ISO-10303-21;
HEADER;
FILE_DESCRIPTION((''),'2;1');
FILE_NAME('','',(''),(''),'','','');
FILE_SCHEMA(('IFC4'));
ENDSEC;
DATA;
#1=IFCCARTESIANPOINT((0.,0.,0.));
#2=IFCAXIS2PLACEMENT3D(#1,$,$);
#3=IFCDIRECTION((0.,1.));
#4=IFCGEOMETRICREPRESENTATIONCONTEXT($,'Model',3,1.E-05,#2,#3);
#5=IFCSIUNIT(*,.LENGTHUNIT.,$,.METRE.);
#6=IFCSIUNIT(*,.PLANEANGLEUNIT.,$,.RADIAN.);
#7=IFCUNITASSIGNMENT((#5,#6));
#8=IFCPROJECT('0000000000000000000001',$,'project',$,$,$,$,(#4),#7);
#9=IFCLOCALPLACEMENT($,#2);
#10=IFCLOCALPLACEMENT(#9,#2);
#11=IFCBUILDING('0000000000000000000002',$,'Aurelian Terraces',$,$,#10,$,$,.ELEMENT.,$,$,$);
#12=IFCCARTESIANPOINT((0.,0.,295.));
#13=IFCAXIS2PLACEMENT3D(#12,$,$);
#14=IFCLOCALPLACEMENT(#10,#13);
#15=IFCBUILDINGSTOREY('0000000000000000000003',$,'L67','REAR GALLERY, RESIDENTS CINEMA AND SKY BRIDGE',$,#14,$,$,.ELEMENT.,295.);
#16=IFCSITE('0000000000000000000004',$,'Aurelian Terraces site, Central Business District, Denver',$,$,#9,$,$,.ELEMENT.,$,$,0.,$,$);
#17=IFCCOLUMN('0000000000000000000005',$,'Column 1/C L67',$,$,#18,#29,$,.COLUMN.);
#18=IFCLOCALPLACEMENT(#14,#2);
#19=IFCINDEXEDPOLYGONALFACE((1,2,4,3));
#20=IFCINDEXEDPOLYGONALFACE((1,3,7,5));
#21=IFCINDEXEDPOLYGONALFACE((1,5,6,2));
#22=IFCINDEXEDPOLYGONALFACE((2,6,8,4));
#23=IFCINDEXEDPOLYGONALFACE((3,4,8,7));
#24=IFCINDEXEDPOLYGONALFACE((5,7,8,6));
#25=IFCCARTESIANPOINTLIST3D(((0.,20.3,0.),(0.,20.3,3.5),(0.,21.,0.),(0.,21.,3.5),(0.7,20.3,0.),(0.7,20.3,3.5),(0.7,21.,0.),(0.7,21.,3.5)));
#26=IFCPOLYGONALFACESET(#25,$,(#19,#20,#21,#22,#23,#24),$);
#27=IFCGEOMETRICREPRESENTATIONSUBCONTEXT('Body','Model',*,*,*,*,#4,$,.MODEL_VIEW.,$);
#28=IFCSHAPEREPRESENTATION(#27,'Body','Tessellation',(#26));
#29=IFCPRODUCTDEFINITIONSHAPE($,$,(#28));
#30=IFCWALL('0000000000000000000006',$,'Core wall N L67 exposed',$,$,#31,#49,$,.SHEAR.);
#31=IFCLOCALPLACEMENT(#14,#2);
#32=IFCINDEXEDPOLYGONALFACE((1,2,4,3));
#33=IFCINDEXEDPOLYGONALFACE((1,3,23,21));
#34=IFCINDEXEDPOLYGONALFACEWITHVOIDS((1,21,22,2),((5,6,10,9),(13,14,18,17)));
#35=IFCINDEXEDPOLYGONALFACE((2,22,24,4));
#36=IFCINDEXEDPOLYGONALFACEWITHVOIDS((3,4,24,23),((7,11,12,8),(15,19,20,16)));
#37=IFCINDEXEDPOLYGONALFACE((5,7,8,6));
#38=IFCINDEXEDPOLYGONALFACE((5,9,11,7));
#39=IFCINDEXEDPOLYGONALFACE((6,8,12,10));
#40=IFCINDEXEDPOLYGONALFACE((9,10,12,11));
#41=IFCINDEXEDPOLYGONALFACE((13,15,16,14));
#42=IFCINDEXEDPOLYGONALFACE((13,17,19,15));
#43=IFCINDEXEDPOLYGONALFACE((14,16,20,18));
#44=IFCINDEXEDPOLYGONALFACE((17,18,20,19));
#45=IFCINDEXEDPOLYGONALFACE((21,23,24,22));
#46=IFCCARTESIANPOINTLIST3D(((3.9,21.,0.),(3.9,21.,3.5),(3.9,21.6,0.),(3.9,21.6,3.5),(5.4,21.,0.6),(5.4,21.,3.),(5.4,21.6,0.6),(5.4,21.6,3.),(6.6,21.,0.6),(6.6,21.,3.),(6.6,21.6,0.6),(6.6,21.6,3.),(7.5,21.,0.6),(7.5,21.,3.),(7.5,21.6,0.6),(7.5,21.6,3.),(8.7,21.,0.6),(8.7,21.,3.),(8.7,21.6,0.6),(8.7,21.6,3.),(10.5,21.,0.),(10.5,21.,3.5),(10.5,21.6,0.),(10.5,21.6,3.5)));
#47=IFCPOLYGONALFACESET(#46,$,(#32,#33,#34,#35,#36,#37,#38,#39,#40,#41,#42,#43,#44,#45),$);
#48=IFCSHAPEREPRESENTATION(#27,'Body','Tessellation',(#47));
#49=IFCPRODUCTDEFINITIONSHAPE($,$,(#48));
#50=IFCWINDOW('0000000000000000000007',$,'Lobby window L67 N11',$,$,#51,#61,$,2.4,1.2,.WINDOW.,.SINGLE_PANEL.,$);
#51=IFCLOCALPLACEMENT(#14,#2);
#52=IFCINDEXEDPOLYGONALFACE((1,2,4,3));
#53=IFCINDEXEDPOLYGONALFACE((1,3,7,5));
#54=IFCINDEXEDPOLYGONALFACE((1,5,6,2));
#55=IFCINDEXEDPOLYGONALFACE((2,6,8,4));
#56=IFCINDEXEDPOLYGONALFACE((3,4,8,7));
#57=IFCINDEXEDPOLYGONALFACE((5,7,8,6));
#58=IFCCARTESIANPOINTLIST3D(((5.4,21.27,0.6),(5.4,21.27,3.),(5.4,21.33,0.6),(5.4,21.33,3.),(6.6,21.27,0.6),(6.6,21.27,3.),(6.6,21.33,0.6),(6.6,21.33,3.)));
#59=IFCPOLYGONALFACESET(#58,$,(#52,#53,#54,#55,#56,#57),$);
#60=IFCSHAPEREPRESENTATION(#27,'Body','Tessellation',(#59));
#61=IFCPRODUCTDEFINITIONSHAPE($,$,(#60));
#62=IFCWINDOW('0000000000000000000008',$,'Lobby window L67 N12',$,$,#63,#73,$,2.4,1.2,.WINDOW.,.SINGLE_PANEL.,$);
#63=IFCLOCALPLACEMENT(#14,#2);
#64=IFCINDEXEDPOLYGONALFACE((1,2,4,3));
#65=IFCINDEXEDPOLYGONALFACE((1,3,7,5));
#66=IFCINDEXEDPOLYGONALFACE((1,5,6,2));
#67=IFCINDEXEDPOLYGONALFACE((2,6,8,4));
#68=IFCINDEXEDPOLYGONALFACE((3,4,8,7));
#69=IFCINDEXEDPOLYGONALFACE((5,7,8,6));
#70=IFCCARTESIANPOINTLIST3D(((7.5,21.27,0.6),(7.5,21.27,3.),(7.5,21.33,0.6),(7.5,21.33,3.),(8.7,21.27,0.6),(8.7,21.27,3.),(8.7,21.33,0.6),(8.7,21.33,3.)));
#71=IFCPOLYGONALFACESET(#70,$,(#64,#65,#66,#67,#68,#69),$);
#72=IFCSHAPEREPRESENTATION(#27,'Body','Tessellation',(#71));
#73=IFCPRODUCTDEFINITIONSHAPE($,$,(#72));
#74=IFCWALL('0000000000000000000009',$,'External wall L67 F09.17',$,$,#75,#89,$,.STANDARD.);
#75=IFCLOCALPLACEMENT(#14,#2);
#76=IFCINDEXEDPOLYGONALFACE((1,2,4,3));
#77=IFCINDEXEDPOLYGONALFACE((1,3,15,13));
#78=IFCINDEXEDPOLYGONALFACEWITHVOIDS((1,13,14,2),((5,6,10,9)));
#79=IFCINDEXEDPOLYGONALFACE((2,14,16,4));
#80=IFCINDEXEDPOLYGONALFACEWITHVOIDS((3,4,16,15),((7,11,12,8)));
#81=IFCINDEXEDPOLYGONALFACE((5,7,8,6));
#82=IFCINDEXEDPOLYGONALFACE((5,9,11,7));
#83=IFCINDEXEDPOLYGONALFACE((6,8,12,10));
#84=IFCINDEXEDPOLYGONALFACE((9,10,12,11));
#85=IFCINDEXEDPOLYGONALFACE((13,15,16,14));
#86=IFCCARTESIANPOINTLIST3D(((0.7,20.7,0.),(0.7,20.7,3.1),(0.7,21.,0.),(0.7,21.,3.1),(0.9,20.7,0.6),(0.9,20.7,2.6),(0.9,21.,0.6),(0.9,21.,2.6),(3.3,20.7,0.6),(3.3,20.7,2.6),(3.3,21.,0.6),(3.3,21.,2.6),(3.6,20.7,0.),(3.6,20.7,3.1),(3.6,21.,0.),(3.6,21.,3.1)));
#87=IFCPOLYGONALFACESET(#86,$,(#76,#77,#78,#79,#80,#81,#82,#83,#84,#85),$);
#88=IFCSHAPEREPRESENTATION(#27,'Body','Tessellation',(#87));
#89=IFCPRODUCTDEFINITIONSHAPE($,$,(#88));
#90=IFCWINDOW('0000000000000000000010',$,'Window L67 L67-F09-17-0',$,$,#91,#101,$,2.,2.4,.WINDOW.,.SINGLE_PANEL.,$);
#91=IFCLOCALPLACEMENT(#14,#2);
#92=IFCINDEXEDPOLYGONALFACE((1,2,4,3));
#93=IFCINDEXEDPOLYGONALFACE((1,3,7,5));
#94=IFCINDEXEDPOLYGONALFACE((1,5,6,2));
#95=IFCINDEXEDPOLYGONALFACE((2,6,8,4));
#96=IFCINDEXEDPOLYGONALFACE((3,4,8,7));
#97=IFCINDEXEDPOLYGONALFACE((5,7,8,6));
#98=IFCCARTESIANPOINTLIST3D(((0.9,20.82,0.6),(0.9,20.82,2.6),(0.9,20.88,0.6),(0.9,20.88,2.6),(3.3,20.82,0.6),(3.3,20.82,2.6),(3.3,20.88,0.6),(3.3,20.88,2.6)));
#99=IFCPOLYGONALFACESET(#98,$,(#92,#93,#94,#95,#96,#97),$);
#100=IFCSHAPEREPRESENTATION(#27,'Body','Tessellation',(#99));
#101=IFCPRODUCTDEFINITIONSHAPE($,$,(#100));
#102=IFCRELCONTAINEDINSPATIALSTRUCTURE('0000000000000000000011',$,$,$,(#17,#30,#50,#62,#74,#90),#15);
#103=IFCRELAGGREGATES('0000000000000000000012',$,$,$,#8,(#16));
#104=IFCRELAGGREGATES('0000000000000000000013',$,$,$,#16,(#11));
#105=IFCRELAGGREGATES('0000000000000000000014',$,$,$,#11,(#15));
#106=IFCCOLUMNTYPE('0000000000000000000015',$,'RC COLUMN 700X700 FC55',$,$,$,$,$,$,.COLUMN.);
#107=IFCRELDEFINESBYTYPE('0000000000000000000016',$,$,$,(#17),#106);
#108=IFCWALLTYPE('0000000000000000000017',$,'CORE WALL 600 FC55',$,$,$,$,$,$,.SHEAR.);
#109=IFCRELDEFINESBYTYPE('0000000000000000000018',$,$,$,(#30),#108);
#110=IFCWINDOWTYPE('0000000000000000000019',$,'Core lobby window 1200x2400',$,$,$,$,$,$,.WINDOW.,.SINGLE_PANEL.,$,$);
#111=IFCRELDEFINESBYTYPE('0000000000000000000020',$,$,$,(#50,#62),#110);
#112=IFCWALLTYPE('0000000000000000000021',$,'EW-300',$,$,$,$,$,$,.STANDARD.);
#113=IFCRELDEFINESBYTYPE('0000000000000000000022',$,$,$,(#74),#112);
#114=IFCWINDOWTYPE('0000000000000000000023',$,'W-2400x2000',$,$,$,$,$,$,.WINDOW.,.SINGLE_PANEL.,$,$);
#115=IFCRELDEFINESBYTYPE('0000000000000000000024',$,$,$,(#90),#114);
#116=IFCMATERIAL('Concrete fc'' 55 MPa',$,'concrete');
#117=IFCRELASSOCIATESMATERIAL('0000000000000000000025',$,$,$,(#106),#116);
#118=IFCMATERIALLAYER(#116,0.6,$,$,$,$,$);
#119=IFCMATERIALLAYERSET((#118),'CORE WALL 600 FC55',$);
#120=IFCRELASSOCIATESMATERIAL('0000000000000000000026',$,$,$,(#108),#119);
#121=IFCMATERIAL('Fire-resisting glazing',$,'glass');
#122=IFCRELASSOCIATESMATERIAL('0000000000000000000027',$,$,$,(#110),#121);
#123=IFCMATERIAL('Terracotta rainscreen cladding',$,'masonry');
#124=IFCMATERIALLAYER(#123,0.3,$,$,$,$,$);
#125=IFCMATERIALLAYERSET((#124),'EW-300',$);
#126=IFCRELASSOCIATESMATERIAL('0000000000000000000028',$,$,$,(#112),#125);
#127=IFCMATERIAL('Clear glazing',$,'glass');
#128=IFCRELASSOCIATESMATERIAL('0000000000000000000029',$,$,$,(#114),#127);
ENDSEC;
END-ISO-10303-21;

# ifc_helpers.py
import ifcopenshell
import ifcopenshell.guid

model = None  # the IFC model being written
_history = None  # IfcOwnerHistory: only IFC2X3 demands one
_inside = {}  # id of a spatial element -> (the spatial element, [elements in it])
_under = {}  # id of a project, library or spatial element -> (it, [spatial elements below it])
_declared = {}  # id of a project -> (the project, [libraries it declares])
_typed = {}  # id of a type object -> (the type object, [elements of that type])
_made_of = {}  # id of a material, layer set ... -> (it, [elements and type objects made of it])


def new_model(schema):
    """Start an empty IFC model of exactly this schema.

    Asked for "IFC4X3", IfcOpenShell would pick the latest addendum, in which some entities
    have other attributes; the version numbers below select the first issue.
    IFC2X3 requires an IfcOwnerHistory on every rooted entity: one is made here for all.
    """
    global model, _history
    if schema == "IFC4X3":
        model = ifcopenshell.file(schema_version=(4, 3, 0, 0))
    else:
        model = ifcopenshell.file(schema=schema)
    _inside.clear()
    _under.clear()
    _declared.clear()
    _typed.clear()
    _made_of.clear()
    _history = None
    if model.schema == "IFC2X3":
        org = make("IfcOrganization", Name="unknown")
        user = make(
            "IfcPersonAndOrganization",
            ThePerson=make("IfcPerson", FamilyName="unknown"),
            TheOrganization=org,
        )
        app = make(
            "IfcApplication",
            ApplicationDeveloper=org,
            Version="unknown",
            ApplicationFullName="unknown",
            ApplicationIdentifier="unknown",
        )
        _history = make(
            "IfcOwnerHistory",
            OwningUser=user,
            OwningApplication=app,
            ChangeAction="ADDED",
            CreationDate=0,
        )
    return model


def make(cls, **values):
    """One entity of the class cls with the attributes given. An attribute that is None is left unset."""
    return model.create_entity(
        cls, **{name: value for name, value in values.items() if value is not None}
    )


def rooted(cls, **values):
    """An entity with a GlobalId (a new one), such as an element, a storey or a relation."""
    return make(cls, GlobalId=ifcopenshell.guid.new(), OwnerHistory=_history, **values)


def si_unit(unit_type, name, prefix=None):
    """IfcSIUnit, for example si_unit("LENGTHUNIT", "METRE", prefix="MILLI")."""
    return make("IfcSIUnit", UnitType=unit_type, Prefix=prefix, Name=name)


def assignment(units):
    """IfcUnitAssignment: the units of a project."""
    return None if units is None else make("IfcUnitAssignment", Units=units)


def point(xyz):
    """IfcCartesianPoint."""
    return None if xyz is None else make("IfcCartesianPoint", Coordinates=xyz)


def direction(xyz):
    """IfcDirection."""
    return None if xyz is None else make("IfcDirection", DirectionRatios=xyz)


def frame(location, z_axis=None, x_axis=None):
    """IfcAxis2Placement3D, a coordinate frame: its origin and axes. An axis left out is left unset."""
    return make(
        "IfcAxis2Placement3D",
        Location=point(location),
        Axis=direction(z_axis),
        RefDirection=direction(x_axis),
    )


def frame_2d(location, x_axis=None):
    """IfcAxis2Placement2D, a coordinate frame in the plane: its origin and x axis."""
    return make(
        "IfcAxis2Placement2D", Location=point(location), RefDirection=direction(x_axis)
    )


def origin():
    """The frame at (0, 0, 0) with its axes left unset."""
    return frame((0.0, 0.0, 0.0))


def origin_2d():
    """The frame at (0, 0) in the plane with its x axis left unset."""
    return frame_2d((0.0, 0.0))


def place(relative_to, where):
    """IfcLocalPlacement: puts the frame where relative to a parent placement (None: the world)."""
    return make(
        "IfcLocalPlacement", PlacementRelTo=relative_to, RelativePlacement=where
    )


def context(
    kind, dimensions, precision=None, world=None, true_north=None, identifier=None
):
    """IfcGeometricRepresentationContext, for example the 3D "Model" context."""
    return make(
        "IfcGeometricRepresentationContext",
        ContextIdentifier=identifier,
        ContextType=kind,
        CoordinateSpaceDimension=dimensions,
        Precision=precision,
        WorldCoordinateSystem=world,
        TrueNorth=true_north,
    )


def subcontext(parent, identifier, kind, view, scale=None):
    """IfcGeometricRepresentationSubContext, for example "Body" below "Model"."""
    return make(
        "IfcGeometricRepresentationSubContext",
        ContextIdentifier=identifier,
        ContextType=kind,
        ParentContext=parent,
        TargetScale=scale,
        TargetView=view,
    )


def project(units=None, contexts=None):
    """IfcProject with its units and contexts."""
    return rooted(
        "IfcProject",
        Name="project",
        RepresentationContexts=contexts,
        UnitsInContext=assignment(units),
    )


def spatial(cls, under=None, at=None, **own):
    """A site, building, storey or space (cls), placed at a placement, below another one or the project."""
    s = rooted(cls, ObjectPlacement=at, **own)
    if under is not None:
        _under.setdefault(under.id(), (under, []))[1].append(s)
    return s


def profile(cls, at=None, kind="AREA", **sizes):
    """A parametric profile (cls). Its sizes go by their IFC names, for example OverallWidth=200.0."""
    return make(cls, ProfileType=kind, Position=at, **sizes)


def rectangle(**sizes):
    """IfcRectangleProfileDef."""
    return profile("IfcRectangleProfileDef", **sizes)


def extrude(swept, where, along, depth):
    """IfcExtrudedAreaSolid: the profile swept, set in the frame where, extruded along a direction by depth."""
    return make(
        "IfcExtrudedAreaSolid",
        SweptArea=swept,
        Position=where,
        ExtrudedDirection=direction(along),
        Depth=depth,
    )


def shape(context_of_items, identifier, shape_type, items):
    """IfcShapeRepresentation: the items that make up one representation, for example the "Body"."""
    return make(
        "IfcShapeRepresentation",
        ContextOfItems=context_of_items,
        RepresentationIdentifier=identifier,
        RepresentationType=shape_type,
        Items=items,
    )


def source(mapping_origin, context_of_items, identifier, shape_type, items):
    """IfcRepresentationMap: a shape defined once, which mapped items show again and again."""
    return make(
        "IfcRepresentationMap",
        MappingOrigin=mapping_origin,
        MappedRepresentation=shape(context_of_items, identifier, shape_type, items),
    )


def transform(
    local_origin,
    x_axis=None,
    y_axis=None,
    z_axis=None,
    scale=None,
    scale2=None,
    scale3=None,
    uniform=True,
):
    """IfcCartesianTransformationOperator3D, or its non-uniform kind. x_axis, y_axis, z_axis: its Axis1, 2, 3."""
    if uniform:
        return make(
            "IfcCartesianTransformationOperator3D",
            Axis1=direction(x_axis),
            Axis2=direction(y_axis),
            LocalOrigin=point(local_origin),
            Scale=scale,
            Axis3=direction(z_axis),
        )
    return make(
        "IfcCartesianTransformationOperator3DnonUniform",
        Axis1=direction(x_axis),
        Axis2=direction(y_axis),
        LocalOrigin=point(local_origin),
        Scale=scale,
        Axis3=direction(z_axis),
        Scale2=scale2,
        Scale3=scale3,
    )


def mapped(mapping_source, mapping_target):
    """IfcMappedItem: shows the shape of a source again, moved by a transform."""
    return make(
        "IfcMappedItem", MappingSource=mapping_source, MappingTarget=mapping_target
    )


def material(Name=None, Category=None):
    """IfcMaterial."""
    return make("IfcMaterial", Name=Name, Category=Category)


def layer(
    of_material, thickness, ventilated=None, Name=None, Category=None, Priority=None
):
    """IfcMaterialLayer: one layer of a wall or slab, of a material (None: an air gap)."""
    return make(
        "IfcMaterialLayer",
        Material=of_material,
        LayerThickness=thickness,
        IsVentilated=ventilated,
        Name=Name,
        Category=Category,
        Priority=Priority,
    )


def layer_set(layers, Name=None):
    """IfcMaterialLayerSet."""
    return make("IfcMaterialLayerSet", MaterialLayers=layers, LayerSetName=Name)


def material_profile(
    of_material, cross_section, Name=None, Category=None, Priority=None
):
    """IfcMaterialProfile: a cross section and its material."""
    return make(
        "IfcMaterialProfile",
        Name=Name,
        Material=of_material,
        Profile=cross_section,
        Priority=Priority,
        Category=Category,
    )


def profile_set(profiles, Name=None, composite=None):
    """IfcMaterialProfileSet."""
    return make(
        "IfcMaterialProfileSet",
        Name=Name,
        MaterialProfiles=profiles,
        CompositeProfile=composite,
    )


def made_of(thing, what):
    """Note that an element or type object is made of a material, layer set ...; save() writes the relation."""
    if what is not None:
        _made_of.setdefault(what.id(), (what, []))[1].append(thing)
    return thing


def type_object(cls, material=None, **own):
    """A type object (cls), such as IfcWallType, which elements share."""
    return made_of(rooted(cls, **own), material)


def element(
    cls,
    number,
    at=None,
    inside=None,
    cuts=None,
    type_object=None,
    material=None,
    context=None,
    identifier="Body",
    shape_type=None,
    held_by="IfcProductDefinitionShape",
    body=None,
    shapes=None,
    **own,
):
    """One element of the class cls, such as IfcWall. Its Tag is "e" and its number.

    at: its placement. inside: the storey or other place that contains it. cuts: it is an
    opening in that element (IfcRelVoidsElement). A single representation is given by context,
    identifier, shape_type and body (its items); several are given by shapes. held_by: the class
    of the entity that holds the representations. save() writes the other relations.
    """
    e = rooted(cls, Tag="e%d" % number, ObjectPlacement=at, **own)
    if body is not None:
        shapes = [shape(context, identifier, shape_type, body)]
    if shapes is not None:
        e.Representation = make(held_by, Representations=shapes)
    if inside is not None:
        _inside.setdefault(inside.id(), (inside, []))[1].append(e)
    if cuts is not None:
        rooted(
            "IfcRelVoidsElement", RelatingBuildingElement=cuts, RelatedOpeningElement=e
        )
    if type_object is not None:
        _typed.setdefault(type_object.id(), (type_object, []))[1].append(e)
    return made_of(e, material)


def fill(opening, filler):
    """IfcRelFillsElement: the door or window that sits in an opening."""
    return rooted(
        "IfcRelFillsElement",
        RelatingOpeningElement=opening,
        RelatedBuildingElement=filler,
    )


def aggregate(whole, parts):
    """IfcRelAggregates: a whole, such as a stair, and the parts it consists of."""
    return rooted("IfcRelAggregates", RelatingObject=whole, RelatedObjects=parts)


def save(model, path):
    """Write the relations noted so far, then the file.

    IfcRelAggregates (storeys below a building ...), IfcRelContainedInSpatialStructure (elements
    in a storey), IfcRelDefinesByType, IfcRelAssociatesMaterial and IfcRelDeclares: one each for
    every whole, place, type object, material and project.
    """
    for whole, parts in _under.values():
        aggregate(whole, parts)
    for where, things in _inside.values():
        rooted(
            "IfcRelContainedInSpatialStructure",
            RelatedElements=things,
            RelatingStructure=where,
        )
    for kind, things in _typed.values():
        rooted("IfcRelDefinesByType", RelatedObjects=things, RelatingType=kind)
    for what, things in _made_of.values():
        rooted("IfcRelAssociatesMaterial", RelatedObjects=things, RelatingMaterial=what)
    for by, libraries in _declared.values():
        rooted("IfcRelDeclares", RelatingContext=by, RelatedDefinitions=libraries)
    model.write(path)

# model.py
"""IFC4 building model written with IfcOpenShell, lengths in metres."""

from ifc_helpers import new_model, si_unit, direction, frame, frame_2d, origin, origin_2d, place, context, subcontext, project, spatial, rectangle, extrude, source, transform, mapped, material, layer, layer_set, material_profile, profile_set, type_object, element, fill, save


model = new_model("IFC4")

# Units and contexts
model_context = context("Model", 3, precision=1e-05, world=origin(), true_north=direction((0.0, 1.0)))
body_context = subcontext(model_context, "Body", "Model", "MODEL_VIEW")
ifc_project = project(units=[si_unit("LENGTHUNIT", "METRE"), si_unit("PLANEANGLEUNIT", "RADIAN")], contexts=[model_context])

# Site, building, storey
site_placement = place(None, origin())
site = spatial("IfcSite", under=ifc_project, at=site_placement, Name="Aurelian Terraces site, Central Business District, Denver", CompositionType="ELEMENT", RefElevation=0.0)
building_placement = place(site_placement, origin())
building = spatial("IfcBuilding", under=site, at=building_placement, Name="Aurelian Terraces", CompositionType="ELEMENT")
storey_placement = place(building_placement, frame((0.0, 0.0, 295.0)))
storey = spatial("IfcBuildingStorey", under=building, at=storey_placement, Name="L67", Description="REAR GALLERY, RESIDENTS CINEMA AND SKY BRIDGE", CompositionType="ELEMENT", Elevation=295.0)

# Column
ifc_material_1 = material(Name="Concrete fc' 55 MPa", Category="concrete")
ifc_material_profile = material_profile(ifc_material_1, rectangle(XDim=0.7, YDim=0.7, at=origin_2d()))
ifc_profile_set = profile_set([ifc_material_profile], Name="Concrete fc' 55 MPa")
column_type = type_object("IfcColumnType", Name="RC COLUMN 700X700 FC55", PredefinedType="COLUMN", material=ifc_profile_set)
shared_shape_1 = source(origin(), body_context, "Body", "SweptSolid", [
    extrude(rectangle(XDim=0.7, YDim=0.7, at=origin_2d()), origin(), (0.0, 0.0, 1.0), 3.5),
])
column_placement = place(storey_placement, frame((0.35, 20.65, 0.0), z_axis=(0.0, 0.0, 1.0), x_axis=(1.0, 0.0, 0.0)))
element("IfcColumn", 1, at=column_placement, inside=storey, type_object=column_type, Name="Column 1/C L67", PredefinedType="COLUMN", context=body_context, shape_type="MappedRepresentation", body=[
    mapped(shared_shape_1, transform((0.0, 0.0, 0.0), scale=1.0)),
])

# Wall, openings, windows
ifc_layer_1 = layer(ifc_material_1, 0.6)
ifc_layer_set_1 = layer_set([ifc_layer_1], Name="CORE WALL 600 FC55")
wall_type_1 = type_object("IfcWallType", Name="CORE WALL 600 FC55", PredefinedType="SHEAR", material=ifc_layer_set_1)
shared_shape_2 = source(origin(), body_context, "Body", "SweptSolid", [
    extrude(rectangle(XDim=6.6, YDim=0.6, at=frame_2d((3.3, 0.0))), origin(), (0.0, 0.0, 1.0), 3.5),
])
wall_1_placement = place(storey_placement, frame((3.9, 21.3, 0.0), z_axis=(0.0, 0.0, 1.0), x_axis=(1.0, 0.0, 0.0)))
wall_1 = element("IfcWall", 2, at=wall_1_placement, inside=storey, type_object=wall_type_1, Name="Core wall N L67 exposed", PredefinedType="SHEAR", context=body_context, shape_type="MappedRepresentation", body=[
    mapped(shared_shape_2, transform((0.0, 0.0, 0.0), scale=1.0)),
])
shared_shape_3 = source(origin(), body_context, "Body", "SweptSolid", [
    extrude(rectangle(XDim=1.2, YDim=2.4, at=frame_2d((0.6, 1.2))), frame((0.0, 0.31, 0.0), z_axis=(0.0, -1.0, 0.0), x_axis=(1.0, 0.0, 0.0)), (0.0, 0.0, 1.0), 0.62),
])
opening_1_placement = place(wall_1_placement, frame((1.5, 0.0, 0.6)))
opening_1 = element("IfcOpeningElement", 3, at=opening_1_placement, cuts=wall_1, PredefinedType="OPENING", context=body_context, shape_type="MappedRepresentation", body=[
    mapped(shared_shape_3, transform((0.0, 0.0, 0.0), scale=1.0)),
])
opening_2_placement = place(wall_1_placement, frame((3.6, 0.0, 0.6)))
opening_2 = element("IfcOpeningElement", 4, at=opening_2_placement, cuts=wall_1, PredefinedType="OPENING", context=body_context, shape_type="MappedRepresentation", body=[
    mapped(shared_shape_3, transform((0.0, 0.0, 0.0), scale=1.0)),
])
ifc_material_2 = material(Name="Fire-resisting glazing", Category="glass")
window_type_1 = type_object("IfcWindowType", Name="Core lobby window 1200x2400", PartitioningType="SINGLE_PANEL", PredefinedType="WINDOW", material=ifc_material_2)
shared_shape_4 = source(origin(), body_context, "Body", "SweptSolid", [
    extrude(rectangle(XDim=1.2, YDim=2.4, at=frame_2d((0.6, 1.2))), frame((0.0, 0.03, 0.0), z_axis=(0.0, -1.0, 0.0), x_axis=(1.0, 0.0, 0.0)), (0.0, 0.0, 1.0), 0.06),
])
window_1_placement = place(opening_1_placement, origin())
window_1 = element("IfcWindow", 5, at=window_1_placement, inside=storey, type_object=window_type_1, Name="Lobby window L67 N11", OverallHeight=2.4, OverallWidth=1.2, PartitioningType="SINGLE_PANEL", PredefinedType="WINDOW", context=body_context, shape_type="MappedRepresentation", body=[
    mapped(shared_shape_4, transform((0.0, 0.0, 0.0), scale=1.0)),
])
fill(opening_1, window_1)
window_2_placement = place(opening_2_placement, origin())
window_2 = element("IfcWindow", 6, at=window_2_placement, inside=storey, type_object=window_type_1, Name="Lobby window L67 N12", OverallHeight=2.4, OverallWidth=1.2, PartitioningType="SINGLE_PANEL", PredefinedType="WINDOW", context=body_context, shape_type="MappedRepresentation", body=[
    mapped(shared_shape_4, transform((0.0, 0.0, 0.0), scale=1.0)),
])
fill(opening_2, window_2)

# Wall, opening, window
ifc_material_3 = material(Name="Terracotta rainscreen cladding", Category="masonry")
ifc_layer_2 = layer(ifc_material_3, 0.3)
ifc_layer_set_2 = layer_set([ifc_layer_2], Name="EW-300")
wall_type_2 = type_object("IfcWallType", Name="EW-300", PredefinedType="STANDARD", material=ifc_layer_set_2)
shared_shape_5 = source(origin(), body_context, "Body", "SweptSolid", [
    extrude(rectangle(XDim=2.9, YDim=0.3, at=frame_2d((1.45, 0.0))), origin(), (0.0, 0.0, 1.0), 3.1),
])
wall_2_placement = place(storey_placement, frame((3.6, 20.85, 0.0), z_axis=(0.0, 0.0, 1.0), x_axis=(-1.0, 0.0, 0.0)))
wall_2 = element("IfcWall", 7, at=wall_2_placement, inside=storey, type_object=wall_type_2, Name="External wall L67 F09.17", PredefinedType="STANDARD", context=body_context, shape_type="MappedRepresentation", body=[
    mapped(shared_shape_5, transform((0.0, 0.0, 0.0), scale=1.0)),
])
shared_shape_6 = source(origin(), body_context, "Body", "SweptSolid", [
    extrude(rectangle(XDim=2.4, YDim=2.0, at=frame_2d((1.2, 1.0))), frame((0.0, 0.16, 0.0), z_axis=(0.0, -1.0, 0.0), x_axis=(1.0, 0.0, 0.0)), (0.0, 0.0, 1.0), 0.32),
])
opening_3_placement = place(wall_2_placement, frame((0.3, 0.0, 0.6)))
opening_3 = element("IfcOpeningElement", 8, at=opening_3_placement, cuts=wall_2, PredefinedType="OPENING", context=body_context, shape_type="MappedRepresentation", body=[
    mapped(shared_shape_6, transform((0.0, 0.0, 0.0), scale=1.0)),
])
ifc_material_4 = material(Name="Clear glazing", Category="glass")
window_type_2 = type_object("IfcWindowType", Name="W-2400x2000", PartitioningType="SINGLE_PANEL", PredefinedType="WINDOW", material=ifc_material_4)
shared_shape_7 = source(origin(), body_context, "Body", "SweptSolid", [
    extrude(rectangle(XDim=2.4, YDim=2.0, at=frame_2d((1.2, 1.0))), frame((0.0, 0.03, 0.0), z_axis=(0.0, -1.0, 0.0), x_axis=(1.0, 0.0, 0.0)), (0.0, 0.0, 1.0), 0.06),
])
window_3_placement = place(opening_3_placement, origin())
window_3 = element("IfcWindow", 9, at=window_3_placement, inside=storey, type_object=window_type_2, Name="Window L67 L67-F09-17-0", OverallHeight=2.0, OverallWidth=2.4, PartitioningType="SINGLE_PANEL", PredefinedType="WINDOW", context=body_context, shape_type="MappedRepresentation", body=[
    mapped(shared_shape_7, transform((0.0, 0.0, 0.0), scale=1.0)),
])
fill(opening_3, window_3)

save(model, "model.ifc")
